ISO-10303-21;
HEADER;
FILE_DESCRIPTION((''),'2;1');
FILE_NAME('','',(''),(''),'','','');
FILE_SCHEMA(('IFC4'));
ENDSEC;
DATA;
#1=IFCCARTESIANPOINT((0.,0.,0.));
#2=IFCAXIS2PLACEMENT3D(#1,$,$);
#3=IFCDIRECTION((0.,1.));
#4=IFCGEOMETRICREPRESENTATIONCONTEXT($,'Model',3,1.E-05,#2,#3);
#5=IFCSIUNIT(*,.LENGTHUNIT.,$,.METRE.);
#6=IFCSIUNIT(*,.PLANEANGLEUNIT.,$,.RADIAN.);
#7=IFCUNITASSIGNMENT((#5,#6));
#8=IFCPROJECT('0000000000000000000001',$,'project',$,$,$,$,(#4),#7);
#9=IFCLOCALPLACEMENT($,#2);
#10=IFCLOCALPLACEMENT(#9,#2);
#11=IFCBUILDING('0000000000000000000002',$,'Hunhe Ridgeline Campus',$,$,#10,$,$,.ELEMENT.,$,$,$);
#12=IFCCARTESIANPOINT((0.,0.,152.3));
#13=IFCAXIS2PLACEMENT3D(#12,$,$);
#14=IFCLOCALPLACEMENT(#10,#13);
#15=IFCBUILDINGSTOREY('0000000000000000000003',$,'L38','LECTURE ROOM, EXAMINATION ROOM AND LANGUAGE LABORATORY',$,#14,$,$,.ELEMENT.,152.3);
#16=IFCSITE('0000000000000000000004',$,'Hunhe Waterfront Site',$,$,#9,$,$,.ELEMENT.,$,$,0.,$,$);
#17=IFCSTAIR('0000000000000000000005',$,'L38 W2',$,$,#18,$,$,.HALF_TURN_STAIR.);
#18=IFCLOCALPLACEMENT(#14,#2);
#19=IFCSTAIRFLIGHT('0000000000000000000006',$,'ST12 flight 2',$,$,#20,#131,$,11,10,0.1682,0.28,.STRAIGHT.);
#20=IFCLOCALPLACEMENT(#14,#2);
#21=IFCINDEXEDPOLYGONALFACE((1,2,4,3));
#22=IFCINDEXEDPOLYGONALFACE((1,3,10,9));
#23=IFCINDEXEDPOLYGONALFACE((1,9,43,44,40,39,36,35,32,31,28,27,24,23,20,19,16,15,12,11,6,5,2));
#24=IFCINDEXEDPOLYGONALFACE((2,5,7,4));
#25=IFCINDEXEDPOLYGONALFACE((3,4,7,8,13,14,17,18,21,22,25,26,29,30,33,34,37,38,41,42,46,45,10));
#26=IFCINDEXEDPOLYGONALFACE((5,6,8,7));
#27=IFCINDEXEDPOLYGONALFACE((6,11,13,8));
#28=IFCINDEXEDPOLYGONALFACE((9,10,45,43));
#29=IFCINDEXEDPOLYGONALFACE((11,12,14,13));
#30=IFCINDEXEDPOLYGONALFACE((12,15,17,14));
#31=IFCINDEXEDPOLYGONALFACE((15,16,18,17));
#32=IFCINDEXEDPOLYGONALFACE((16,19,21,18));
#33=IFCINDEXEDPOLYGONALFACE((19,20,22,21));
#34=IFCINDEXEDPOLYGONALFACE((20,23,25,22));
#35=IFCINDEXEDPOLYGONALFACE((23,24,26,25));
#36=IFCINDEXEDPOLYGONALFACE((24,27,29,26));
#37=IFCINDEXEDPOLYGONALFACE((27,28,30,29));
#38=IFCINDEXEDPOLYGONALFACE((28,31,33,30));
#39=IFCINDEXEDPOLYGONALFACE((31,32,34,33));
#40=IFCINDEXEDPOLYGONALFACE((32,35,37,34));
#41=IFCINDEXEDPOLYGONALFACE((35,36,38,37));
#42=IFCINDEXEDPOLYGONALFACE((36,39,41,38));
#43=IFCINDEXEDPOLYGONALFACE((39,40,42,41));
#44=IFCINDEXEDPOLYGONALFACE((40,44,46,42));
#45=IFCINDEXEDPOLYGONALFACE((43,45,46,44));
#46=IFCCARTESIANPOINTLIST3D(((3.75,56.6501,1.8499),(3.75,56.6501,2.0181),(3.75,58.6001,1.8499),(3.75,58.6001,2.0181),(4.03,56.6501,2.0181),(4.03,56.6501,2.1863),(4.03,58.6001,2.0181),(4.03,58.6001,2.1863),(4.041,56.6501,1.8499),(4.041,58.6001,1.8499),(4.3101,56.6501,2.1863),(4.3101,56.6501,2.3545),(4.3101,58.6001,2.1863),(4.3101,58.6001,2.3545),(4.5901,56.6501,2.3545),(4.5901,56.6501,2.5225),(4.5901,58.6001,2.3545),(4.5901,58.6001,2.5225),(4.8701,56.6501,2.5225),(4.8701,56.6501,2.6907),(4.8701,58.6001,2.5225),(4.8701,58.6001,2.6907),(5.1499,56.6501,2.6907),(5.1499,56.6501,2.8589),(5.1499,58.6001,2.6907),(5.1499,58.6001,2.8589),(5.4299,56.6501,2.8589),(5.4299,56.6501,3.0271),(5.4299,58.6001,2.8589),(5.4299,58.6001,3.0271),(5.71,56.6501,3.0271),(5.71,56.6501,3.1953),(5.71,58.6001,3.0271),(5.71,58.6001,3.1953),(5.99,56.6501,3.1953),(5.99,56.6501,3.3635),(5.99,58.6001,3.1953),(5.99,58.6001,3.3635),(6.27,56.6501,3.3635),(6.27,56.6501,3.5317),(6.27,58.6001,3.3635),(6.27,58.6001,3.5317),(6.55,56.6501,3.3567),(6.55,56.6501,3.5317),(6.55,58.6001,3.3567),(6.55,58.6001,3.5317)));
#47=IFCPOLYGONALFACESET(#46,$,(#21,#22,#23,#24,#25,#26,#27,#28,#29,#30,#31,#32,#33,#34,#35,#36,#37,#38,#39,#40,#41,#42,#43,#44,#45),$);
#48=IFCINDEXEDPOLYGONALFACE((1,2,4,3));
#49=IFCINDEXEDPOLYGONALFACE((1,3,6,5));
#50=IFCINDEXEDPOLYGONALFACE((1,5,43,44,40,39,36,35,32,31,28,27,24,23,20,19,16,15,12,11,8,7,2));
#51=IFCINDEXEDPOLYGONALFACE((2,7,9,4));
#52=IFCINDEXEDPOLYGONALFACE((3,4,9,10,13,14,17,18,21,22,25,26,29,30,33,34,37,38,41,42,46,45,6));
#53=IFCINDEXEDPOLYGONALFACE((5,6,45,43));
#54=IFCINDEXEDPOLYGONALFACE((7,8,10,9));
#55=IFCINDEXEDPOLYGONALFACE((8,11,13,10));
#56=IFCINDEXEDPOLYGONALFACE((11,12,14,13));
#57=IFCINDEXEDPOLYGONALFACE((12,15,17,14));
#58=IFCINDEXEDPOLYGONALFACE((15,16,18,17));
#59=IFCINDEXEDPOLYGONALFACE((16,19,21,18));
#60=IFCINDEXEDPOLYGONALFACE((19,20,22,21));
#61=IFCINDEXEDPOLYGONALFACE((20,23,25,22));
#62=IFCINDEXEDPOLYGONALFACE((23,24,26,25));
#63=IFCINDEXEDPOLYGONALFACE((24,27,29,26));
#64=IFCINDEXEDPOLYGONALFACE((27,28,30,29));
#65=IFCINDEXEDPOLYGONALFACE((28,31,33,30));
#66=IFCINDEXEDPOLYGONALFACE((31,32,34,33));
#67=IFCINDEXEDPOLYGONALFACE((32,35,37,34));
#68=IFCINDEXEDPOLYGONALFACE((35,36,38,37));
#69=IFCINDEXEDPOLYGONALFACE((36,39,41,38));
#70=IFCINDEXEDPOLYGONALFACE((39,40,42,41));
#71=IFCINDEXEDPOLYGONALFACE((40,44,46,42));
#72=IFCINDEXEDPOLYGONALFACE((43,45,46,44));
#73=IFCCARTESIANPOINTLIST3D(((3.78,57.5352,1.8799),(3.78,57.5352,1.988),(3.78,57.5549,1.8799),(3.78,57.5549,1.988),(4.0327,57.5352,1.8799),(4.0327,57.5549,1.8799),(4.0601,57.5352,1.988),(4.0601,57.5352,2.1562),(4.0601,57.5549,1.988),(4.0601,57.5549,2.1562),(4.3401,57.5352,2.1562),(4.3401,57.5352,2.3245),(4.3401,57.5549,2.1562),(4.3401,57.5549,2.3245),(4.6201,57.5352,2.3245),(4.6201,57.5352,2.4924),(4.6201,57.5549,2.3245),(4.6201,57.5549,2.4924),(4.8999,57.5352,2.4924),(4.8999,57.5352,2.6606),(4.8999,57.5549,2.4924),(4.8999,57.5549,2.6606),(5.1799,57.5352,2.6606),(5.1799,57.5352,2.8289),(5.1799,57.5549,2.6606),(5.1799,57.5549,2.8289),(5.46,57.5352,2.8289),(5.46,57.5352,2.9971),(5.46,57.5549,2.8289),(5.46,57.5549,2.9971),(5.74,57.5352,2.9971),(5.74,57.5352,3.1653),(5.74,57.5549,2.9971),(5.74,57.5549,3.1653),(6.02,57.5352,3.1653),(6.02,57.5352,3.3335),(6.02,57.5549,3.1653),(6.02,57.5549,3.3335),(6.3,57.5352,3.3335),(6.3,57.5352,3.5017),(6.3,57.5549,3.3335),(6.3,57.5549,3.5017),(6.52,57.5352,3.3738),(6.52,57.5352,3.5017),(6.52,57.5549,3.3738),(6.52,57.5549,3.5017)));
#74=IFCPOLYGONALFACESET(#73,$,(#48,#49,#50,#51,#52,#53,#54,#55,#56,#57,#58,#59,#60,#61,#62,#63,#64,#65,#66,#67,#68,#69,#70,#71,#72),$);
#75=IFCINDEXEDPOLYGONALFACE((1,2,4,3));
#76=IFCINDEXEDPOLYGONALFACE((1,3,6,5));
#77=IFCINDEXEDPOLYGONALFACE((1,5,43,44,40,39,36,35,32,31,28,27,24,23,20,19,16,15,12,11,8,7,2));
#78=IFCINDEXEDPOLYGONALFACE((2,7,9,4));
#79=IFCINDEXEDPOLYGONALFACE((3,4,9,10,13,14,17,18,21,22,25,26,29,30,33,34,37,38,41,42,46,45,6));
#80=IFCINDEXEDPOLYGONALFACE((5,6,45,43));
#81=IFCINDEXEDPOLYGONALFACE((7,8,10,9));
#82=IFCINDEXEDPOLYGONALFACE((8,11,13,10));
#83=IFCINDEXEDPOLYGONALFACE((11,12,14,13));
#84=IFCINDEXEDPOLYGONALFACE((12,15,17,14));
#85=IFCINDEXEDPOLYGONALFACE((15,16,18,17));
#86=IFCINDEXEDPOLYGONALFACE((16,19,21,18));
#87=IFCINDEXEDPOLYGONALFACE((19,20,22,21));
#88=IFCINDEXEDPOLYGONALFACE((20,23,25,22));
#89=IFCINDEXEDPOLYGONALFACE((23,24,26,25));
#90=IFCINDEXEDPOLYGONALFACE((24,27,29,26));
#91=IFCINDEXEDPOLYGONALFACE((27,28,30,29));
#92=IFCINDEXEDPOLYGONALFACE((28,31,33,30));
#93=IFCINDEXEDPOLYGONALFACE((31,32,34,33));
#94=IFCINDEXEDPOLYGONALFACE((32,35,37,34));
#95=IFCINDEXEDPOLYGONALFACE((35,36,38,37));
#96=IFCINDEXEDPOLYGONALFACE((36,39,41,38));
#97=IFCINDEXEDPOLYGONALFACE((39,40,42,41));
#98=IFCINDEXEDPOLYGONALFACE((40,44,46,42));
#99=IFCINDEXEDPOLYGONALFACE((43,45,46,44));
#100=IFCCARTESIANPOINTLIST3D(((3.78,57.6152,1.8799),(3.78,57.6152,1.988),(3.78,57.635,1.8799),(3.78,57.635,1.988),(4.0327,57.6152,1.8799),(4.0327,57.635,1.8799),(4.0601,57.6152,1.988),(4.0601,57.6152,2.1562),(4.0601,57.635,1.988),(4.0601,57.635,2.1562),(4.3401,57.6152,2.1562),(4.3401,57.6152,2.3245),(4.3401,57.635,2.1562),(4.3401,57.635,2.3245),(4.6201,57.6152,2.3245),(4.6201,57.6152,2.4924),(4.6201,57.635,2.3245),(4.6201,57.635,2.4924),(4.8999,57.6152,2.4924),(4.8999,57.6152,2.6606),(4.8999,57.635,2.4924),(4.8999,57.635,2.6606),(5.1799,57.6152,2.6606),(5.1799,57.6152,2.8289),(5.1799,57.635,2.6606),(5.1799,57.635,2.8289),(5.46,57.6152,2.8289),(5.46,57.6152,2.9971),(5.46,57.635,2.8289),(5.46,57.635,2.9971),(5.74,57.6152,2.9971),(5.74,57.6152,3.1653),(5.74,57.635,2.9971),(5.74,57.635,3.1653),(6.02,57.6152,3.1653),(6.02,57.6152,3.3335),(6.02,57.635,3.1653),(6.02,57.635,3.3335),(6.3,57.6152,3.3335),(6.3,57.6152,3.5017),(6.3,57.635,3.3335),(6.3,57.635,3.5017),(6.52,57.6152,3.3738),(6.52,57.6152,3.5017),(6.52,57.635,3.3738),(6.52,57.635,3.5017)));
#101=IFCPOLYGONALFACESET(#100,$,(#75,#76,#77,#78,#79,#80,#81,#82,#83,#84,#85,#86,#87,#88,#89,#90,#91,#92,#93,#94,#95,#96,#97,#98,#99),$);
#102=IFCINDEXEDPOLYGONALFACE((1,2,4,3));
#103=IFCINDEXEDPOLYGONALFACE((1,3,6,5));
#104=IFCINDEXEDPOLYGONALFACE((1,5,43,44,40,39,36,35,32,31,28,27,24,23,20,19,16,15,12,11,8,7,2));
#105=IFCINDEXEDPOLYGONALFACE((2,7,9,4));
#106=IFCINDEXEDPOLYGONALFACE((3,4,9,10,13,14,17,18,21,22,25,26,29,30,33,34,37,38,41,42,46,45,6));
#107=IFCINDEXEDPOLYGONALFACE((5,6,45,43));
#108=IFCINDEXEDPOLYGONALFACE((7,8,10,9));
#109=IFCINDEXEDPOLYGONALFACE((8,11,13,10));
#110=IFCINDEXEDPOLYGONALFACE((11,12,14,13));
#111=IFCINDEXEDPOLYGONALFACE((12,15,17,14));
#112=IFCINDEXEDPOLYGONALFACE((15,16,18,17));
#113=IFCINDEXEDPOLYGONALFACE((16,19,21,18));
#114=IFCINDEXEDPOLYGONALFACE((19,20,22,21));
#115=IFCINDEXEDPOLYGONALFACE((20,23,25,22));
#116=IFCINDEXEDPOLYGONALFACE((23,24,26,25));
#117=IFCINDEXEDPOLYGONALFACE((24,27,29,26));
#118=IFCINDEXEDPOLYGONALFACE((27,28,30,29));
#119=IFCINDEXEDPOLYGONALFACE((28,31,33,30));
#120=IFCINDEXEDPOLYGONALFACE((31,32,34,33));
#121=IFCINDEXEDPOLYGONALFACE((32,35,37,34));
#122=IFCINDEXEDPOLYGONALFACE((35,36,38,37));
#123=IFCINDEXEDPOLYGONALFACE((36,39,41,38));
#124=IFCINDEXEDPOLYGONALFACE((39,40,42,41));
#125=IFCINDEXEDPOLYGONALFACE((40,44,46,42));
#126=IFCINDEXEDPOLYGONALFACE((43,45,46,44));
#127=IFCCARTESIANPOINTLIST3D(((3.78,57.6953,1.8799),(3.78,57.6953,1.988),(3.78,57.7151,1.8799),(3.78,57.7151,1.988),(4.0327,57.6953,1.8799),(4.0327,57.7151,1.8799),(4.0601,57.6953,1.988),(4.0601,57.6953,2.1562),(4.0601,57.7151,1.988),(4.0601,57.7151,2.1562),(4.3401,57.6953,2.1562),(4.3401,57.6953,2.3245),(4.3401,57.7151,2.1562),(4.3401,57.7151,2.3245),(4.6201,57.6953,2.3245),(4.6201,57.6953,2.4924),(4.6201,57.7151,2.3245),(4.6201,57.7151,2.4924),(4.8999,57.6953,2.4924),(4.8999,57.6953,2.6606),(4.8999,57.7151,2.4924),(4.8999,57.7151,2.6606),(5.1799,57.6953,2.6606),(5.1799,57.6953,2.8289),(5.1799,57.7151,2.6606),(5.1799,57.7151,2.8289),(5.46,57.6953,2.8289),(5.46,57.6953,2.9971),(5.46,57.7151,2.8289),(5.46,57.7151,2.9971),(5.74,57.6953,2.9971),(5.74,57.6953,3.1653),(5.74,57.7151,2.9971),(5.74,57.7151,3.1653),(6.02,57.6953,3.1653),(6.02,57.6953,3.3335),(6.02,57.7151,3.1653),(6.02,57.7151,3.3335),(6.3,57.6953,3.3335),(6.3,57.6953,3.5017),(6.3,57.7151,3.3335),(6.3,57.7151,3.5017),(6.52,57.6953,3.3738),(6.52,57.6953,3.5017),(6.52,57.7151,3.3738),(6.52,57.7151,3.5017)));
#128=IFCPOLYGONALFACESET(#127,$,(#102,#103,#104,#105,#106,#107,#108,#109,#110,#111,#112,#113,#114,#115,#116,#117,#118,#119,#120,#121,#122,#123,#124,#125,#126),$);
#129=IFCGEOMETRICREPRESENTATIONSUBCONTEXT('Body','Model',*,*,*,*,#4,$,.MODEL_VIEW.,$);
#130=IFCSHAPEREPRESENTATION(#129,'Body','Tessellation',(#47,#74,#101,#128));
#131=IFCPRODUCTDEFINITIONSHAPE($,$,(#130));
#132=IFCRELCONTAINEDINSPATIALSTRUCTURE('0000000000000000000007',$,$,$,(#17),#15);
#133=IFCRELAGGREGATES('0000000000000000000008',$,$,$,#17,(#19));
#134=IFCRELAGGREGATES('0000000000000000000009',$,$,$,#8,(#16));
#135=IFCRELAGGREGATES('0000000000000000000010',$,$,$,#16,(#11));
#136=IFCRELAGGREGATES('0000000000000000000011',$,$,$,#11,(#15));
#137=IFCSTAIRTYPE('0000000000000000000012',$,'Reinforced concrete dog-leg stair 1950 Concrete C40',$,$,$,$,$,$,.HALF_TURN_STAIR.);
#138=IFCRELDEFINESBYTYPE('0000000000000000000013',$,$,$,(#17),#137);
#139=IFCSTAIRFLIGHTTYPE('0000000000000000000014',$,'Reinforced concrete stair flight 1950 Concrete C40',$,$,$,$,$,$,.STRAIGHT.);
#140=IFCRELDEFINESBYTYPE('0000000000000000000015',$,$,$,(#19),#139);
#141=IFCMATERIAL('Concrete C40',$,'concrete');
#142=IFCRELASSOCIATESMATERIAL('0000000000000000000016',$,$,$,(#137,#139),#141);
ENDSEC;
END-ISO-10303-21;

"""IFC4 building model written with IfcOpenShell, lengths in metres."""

from ifc_helpers import new_model, si_unit, direction, frame, origin, place, context, subcontext, project, spatial, polyline, outline, extrude, material, type_object, element, aggregate, save


model = new_model("IFC4")

# Units and contexts
model_context = context("Model", 3, precision=1e-05, world=origin(), true_north=direction((0.0, 1.0)))
body_context = subcontext(model_context, "Body", "Model", "MODEL_VIEW")
ifc_project = project(units=[si_unit("LENGTHUNIT", "METRE"), si_unit("PLANEANGLEUNIT", "RADIAN")], contexts=[model_context])

# Site, building, storey
site_placement = place(None, origin())
site = spatial("IfcSite", under=ifc_project, at=site_placement, Name="Hunhe Waterfront Site", CompositionType="ELEMENT", RefElevation=0.0)
building_placement = place(site_placement, origin())
building = spatial("IfcBuilding", under=site, at=building_placement, Name="Hunhe Ridgeline Campus", CompositionType="ELEMENT")
storey_placement = place(building_placement, frame((0.0, 0.0, 152.3)))
storey = spatial("IfcBuildingStorey", under=building, at=storey_placement, Name="L38", Description="LECTURE ROOM, EXAMINATION ROOM AND LANGUAGE LABORATORY", CompositionType="ELEMENT", Elevation=152.3)

# Stair, stair flight
ifc_material_1 = material(Name="Concrete C40", Category="concrete")
stair_type = type_object("IfcStairType", Name="Reinforced concrete dog-leg stair 1950 Concrete C40", PredefinedType="HALF_TURN_STAIR", material=ifc_material_1)
stair_flight_type = type_object("IfcStairFlightType", Name="Reinforced concrete stair flight 1950 Concrete C40", PredefinedType="STRAIGHT", material=ifc_material_1)
stair_1_placement = place(storey_placement, origin())
stair_1 = element("IfcStair", 1, at=stair_1_placement, inside=storey, type_object=stair_type, Name="L38 W2", PredefinedType="HALF_TURN_STAIR")
stair_flight_1_placement = place(storey_placement, frame((3.75, 57.625, 1.8499), z_axis=(0.0, 0.0, 1.0), x_axis=(1.0, 0.0, 0.0)))
stair_flight_1 = element("IfcStairFlight", 2, at=stair_flight_1_placement, type_object=stair_flight_type, Name="ST12 flight 2", NumberOfRisers=11, NumberOfTreads=10, PredefinedType="STRAIGHT", RiserHeight=0.1682, TreadLength=0.28, context=body_context, shape_type="SweptSolid", body=[
    extrude(outline(polyline([(0.0, 0.0), (0.0, 0.1682), (0.28, 0.1682), (0.28, 0.3364), (0.5601, 0.3364), (0.5601, 0.5046), (0.8401, 0.5046), (0.8401, 0.6726), (1.1201, 0.6726), (1.1201, 0.8408), (1.3999, 0.8408), (1.3999, 1.009), (1.6799, 1.009), (1.6799, 1.1772), (1.96, 1.1772), (1.96, 1.3455), (2.24, 1.3455), (2.24, 1.5137), (2.52, 1.5137), (2.52, 1.6819), (2.8, 1.6819), (2.8, 1.8501), (2.8, 1.5068), (0.291, 0.0), (0.0, 0.0)])), frame((0.0, 0.9751, 0.0), z_axis=(0.0, -1.0, 0.0), x_axis=(1.0, 0.0, 0.0)), (0.0, 0.0, 1.0), 1.95),
    extrude(outline(polyline([(0.03, 0.03), (0.03, 0.1382), (0.3101, 0.1382), (0.3101, 0.3064), (0.5901, 0.3064), (0.5901, 0.4746), (0.8701, 0.4746), (0.8701, 0.6426), (1.1499, 0.6426), (1.1499, 0.8108), (1.4299, 0.8108), (1.4299, 0.979), (1.71, 0.979), (1.71, 1.1472), (1.99, 1.1472), (1.99, 1.3154), (2.27, 1.3154), (2.27, 1.4836), (2.55, 1.4836), (2.55, 1.6519), (2.77, 1.6519), (2.77, 1.5239), (0.2827, 0.03), (0.03, 0.03)])), frame((0.0, -0.0701, 0.0), z_axis=(0.0, -1.0, 0.0), x_axis=(1.0, 0.0, 0.0)), (0.0, 0.0, 1.0), 0.0198),
    extrude(outline(polyline([(0.03, 0.03), (0.03, 0.1382), (0.3101, 0.1382), (0.3101, 0.3064), (0.5901, 0.3064), (0.5901, 0.4746), (0.8701, 0.4746), (0.8701, 0.6426), (1.1499, 0.6426), (1.1499, 0.8108), (1.4299, 0.8108), (1.4299, 0.979), (1.71, 0.979), (1.71, 1.1472), (1.99, 1.1472), (1.99, 1.3154), (2.27, 1.3154), (2.27, 1.4836), (2.55, 1.4836), (2.55, 1.6519), (2.77, 1.6519), (2.77, 1.5239), (0.2827, 0.03), (0.03, 0.03)])), frame((0.0, 0.01, 0.0), z_axis=(0.0, -1.0, 0.0), x_axis=(1.0, 0.0, 0.0)), (0.0, 0.0, 1.0), 0.0198),
    extrude(outline(polyline([(0.03, 0.03), (0.03, 0.1382), (0.3101, 0.1382), (0.3101, 0.3064), (0.5901, 0.3064), (0.5901, 0.4746), (0.8701, 0.4746), (0.8701, 0.6426), (1.1499, 0.6426), (1.1499, 0.8108), (1.4299, 0.8108), (1.4299, 0.979), (1.71, 0.979), (1.71, 1.1472), (1.99, 1.1472), (1.99, 1.3154), (2.27, 1.3154), (2.27, 1.4836), (2.55, 1.4836), (2.55, 1.6519), (2.77, 1.6519), (2.77, 1.5239), (0.2827, 0.03), (0.03, 0.03)])), frame((0.0, 0.0901, 0.0), z_axis=(0.0, -1.0, 0.0), x_axis=(1.0, 0.0, 0.0)), (0.0, 0.0, 1.0), 0.0198),
])
aggregate(stair_1, [stair_flight_1])

save(model, "model.ifc")
